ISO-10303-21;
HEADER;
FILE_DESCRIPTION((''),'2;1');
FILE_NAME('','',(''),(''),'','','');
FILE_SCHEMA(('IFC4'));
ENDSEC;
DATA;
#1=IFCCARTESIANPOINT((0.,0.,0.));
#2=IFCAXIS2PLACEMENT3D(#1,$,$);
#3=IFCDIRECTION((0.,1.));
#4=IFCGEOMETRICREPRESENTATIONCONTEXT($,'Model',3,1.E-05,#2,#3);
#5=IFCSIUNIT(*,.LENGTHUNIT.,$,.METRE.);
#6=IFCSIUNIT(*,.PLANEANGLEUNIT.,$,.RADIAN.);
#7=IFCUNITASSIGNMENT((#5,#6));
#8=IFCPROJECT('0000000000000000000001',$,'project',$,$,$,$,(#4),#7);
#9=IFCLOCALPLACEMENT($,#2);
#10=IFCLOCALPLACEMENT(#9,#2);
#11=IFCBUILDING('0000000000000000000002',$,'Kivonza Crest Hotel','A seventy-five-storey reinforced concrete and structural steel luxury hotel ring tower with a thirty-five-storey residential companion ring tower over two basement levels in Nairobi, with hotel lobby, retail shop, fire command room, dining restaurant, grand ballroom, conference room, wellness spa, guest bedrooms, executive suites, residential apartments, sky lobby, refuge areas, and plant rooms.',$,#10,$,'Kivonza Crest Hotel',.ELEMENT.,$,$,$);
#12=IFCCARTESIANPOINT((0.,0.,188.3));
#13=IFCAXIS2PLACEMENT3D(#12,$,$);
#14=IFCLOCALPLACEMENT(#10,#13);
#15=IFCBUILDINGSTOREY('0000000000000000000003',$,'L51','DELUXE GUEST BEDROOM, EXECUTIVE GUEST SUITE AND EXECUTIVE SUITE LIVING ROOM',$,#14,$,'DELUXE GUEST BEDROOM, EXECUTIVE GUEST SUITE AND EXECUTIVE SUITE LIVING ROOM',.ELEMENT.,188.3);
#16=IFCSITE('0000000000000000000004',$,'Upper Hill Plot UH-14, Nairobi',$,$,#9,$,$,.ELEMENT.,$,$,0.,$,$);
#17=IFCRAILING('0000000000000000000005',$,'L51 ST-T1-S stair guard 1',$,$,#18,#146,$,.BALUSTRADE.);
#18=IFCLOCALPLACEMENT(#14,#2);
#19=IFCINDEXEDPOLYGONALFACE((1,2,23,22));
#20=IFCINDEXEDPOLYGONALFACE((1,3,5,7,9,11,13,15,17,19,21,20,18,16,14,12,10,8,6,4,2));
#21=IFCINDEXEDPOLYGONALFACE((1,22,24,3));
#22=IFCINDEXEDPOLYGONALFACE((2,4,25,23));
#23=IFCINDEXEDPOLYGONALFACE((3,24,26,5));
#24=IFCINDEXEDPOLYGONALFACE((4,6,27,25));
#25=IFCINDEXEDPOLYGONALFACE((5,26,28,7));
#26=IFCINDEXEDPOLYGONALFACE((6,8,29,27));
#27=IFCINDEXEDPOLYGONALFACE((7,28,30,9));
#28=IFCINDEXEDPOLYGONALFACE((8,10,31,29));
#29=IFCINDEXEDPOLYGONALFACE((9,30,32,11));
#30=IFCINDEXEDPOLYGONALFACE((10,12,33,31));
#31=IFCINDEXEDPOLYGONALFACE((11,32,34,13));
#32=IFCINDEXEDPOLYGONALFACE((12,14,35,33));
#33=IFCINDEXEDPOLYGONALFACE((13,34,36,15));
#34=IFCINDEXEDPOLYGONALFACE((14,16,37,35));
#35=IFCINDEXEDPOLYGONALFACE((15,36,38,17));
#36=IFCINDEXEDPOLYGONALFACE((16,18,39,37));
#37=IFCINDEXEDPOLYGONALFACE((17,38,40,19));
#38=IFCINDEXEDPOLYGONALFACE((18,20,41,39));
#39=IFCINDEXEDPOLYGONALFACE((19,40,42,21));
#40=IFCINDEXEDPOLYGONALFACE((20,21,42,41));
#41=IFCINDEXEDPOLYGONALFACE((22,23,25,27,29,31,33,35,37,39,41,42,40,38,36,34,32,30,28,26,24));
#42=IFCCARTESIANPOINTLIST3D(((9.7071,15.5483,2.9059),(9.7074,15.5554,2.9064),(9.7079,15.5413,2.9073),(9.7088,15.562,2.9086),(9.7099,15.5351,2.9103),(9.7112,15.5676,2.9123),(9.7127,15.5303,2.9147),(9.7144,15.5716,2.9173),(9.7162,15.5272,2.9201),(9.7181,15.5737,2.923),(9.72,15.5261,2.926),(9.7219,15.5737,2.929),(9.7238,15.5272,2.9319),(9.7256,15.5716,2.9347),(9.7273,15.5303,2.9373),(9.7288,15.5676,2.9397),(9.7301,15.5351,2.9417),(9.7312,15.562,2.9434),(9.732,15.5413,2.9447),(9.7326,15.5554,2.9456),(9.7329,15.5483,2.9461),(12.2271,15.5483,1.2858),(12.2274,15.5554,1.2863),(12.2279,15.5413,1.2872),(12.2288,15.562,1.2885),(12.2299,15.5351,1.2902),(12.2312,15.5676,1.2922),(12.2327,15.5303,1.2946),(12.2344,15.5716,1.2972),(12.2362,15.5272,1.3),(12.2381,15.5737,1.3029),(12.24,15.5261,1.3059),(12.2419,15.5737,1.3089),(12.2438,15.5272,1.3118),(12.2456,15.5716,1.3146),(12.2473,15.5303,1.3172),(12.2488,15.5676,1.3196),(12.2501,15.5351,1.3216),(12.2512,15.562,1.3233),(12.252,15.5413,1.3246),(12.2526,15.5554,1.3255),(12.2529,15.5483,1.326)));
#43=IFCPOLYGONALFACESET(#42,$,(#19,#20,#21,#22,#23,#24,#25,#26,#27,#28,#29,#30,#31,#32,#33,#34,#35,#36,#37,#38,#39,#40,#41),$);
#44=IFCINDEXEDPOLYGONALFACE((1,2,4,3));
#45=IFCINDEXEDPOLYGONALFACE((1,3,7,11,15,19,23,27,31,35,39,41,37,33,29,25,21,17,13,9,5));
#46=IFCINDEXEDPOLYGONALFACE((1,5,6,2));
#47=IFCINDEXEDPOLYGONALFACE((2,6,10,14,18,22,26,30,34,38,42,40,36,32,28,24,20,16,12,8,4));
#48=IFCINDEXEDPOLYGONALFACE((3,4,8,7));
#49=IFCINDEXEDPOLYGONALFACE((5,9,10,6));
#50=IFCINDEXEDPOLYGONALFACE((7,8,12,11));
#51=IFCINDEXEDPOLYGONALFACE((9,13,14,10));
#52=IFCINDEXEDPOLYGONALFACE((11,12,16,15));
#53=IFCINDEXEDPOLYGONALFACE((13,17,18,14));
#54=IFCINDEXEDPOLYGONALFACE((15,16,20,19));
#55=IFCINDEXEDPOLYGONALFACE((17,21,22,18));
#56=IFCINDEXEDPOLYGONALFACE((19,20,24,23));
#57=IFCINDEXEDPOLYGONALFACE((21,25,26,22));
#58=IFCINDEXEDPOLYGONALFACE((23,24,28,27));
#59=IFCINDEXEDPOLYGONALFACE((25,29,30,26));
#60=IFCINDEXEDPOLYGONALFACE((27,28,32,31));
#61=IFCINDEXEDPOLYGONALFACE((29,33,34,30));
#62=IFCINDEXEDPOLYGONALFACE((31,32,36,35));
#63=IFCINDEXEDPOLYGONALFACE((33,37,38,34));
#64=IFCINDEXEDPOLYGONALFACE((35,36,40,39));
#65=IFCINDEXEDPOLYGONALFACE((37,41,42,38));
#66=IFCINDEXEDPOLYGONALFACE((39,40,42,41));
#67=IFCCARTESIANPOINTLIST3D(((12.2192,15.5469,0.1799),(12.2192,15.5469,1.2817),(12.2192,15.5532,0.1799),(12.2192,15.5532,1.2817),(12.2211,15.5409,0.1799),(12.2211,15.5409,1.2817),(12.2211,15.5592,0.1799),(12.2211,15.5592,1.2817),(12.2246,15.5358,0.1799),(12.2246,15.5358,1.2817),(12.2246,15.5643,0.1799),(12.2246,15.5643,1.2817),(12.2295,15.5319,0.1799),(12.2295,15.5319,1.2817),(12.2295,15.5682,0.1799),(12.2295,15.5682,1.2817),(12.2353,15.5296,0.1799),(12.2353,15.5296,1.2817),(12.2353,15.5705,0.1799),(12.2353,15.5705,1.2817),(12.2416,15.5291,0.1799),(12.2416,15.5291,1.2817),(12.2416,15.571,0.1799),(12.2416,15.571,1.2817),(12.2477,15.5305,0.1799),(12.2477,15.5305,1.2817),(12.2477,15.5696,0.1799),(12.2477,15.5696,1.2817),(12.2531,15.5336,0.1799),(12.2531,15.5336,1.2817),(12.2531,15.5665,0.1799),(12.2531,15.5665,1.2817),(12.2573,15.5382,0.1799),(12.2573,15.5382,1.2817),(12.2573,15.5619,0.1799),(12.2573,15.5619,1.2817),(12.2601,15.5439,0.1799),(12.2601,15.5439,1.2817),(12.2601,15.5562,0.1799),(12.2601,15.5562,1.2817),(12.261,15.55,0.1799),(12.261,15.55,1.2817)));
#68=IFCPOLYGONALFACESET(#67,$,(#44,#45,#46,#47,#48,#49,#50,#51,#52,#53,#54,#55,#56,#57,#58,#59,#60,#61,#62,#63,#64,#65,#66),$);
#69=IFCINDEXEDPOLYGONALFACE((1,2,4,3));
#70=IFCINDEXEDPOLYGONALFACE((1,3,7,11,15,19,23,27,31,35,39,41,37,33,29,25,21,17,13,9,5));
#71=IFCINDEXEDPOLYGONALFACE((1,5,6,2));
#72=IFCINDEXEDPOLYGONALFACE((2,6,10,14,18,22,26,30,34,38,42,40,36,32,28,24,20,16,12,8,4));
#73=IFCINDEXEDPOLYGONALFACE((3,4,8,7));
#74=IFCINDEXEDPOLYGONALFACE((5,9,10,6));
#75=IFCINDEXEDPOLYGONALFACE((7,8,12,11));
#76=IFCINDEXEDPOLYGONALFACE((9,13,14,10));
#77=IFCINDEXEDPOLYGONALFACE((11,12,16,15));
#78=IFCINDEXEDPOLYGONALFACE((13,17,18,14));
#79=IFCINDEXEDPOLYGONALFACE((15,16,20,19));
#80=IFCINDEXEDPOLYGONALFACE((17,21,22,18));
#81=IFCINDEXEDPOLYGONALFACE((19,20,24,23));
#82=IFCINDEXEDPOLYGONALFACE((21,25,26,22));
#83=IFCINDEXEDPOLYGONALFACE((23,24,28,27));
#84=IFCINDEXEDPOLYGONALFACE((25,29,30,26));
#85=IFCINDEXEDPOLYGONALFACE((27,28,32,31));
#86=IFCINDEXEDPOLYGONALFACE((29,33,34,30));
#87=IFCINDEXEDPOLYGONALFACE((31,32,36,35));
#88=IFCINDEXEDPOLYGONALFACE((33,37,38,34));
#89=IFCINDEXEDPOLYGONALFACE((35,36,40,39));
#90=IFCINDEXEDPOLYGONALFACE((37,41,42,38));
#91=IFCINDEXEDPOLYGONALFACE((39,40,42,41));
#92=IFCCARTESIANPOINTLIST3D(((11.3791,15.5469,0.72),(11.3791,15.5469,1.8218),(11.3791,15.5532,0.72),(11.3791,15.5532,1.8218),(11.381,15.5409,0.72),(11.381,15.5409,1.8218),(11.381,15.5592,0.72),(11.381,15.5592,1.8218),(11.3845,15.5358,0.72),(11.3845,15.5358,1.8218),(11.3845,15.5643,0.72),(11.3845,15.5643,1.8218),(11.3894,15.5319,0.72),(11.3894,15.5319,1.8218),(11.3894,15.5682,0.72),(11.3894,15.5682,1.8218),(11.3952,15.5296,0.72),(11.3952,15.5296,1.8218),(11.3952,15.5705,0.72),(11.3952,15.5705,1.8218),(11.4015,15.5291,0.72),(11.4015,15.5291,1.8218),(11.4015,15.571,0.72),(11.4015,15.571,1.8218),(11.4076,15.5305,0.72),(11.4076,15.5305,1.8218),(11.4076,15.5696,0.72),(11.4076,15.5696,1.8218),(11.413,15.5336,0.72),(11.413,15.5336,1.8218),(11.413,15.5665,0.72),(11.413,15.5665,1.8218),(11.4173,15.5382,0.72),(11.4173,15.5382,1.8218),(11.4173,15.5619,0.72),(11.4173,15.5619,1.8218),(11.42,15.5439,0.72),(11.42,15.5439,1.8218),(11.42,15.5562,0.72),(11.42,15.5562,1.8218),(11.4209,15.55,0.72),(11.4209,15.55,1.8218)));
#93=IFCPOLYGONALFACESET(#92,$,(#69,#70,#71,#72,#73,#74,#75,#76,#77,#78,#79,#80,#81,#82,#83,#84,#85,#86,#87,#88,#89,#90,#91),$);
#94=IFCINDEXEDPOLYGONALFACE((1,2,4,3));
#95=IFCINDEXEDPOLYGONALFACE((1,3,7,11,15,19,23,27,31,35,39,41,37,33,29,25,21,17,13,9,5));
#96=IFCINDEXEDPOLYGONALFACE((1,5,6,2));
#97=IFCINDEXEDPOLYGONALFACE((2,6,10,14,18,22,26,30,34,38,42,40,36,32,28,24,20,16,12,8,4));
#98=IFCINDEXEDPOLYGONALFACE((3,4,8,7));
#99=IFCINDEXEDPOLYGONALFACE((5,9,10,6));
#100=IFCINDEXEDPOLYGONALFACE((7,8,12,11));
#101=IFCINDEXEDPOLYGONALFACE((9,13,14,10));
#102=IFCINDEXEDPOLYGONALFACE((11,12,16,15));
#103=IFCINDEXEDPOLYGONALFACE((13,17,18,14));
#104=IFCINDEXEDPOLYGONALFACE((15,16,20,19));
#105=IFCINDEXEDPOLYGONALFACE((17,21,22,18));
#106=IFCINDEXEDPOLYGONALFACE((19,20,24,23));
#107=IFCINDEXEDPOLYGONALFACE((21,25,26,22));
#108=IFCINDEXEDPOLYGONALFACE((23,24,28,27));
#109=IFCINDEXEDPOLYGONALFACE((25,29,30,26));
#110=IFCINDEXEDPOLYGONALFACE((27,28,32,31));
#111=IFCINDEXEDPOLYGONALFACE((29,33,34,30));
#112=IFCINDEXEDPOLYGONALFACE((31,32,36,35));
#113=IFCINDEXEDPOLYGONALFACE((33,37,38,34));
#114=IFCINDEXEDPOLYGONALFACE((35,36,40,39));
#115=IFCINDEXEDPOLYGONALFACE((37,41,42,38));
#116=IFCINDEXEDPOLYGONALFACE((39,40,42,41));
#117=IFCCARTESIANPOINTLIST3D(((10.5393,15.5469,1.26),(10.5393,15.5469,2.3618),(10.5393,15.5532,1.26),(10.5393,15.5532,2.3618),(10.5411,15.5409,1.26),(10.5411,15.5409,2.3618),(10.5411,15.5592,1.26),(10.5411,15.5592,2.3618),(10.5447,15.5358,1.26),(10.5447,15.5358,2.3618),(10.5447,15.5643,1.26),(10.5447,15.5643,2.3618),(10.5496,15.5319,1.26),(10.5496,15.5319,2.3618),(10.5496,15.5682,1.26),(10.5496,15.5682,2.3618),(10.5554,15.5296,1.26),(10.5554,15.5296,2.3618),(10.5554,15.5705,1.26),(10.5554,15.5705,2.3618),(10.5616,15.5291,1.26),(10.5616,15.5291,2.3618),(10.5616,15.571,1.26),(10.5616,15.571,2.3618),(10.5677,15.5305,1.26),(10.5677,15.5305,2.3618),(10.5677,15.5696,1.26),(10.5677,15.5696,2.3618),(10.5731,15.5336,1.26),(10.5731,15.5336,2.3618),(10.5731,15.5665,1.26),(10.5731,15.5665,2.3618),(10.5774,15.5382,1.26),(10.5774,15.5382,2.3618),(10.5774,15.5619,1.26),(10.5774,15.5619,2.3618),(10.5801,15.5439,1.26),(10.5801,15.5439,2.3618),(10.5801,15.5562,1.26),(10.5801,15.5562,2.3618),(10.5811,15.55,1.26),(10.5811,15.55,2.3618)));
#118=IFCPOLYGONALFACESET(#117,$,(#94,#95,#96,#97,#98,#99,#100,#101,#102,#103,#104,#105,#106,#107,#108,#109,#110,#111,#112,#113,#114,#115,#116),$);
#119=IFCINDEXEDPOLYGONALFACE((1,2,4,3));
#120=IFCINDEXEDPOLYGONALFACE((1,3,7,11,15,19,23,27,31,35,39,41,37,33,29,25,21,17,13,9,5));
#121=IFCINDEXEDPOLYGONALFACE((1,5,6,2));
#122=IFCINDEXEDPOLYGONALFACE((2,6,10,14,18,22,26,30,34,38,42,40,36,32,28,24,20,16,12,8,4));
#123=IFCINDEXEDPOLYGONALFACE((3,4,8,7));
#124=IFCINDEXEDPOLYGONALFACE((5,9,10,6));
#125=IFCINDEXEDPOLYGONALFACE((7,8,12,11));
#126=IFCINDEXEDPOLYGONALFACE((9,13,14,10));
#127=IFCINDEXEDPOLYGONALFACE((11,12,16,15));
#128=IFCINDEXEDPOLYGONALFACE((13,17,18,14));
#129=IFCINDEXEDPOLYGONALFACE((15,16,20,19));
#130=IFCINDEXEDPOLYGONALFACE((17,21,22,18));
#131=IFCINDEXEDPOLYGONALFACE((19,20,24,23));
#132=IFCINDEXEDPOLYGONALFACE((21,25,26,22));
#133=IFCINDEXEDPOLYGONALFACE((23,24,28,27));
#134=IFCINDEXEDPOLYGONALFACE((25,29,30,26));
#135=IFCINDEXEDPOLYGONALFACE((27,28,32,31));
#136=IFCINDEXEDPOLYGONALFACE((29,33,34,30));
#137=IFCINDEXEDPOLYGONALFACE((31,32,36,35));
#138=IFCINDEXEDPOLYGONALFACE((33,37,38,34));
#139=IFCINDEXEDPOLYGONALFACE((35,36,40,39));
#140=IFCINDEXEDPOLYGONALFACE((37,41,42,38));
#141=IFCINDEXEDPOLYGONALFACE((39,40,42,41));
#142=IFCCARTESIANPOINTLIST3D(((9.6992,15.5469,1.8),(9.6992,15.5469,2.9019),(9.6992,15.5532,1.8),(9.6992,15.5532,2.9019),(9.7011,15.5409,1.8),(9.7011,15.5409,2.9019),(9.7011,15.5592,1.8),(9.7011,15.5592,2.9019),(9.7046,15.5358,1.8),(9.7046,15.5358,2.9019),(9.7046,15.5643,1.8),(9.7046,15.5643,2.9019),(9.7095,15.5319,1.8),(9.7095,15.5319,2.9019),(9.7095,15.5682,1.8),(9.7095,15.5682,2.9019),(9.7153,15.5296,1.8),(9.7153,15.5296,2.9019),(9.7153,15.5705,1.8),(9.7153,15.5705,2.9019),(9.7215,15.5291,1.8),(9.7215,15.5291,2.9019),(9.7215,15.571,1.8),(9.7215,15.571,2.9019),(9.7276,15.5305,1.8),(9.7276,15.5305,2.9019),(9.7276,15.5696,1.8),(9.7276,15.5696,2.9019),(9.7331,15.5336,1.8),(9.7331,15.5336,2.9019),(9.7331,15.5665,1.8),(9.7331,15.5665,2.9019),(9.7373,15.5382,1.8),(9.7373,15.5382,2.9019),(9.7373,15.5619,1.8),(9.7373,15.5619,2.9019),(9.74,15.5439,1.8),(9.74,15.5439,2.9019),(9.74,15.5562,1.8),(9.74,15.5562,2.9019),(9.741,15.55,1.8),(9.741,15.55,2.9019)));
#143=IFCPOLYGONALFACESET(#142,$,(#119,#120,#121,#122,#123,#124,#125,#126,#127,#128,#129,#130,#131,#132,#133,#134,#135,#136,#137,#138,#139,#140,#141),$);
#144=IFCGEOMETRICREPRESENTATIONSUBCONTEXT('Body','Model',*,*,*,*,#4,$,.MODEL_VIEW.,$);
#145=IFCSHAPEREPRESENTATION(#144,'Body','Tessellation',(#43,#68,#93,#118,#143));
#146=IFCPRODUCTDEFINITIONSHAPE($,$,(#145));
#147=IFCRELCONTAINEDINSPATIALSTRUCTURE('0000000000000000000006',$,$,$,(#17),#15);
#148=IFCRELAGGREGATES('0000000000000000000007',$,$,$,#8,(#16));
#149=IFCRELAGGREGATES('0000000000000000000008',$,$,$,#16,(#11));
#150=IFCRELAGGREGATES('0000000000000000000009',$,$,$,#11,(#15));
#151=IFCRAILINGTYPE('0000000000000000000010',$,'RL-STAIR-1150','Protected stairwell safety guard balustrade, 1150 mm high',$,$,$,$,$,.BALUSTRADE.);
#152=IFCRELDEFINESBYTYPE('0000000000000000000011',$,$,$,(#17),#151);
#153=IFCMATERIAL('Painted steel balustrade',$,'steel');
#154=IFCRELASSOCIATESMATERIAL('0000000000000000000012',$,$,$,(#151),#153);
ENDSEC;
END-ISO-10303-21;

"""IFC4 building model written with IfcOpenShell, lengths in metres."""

from ifc_helpers import new_model, si_unit, direction, frame, origin, origin_2d, place, context, subcontext, project, spatial, circle, extrude, material, type_object, element, save


model = new_model("IFC4")

# Units and contexts
model_context = context("Model", 3, precision=1e-05, world=origin(), true_north=direction((0.0, 1.0)))
body_context = subcontext(model_context, "Body", "Model", "MODEL_VIEW")
ifc_project = project(units=[si_unit("LENGTHUNIT", "METRE"), si_unit("PLANEANGLEUNIT", "RADIAN")], contexts=[model_context])

# Site, building, storey
site_placement = place(None, origin())
site = spatial("IfcSite", under=ifc_project, at=site_placement, Name="Upper Hill Plot UH-14, Nairobi", CompositionType="ELEMENT", RefElevation=0.0)
building_placement = place(site_placement, origin())
building = spatial("IfcBuilding", under=site, at=building_placement, Name="Kivonza Crest Hotel", Description="A seventy-five-storey reinforced concrete and structural steel luxury hotel ring tower with a thirty-five-storey residential companion ring tower over two basement levels in Nairobi, with hotel lobby, retail shop, fire command room, dining restaurant, grand ballroom, conference room, wellness spa, guest bedrooms, executive suites, residential apartments, sky lobby, refuge areas, and plant rooms.", LongName="Kivonza Crest Hotel", CompositionType="ELEMENT")
storey_placement = place(building_placement, frame((0.0, 0.0, 188.3)))
storey = spatial("IfcBuildingStorey", under=building, at=storey_placement, Name="L51", Description="DELUXE GUEST BEDROOM, EXECUTIVE GUEST SUITE AND EXECUTIVE SUITE LIVING ROOM", LongName="DELUXE GUEST BEDROOM, EXECUTIVE GUEST SUITE AND EXECUTIVE SUITE LIVING ROOM", CompositionType="ELEMENT", Elevation=188.3)

# Railing
ifc_material_1 = material(Name="Painted steel balustrade", Category="steel")
railing_type_1 = type_object("IfcRailingType", Name="RL-STAIR-1150", Description="Protected stairwell safety guard balustrade, 1150 mm high", PredefinedType="BALUSTRADE", material=ifc_material_1)
railing_1_placement = place(storey_placement, frame((12.24, 15.55, 0.1799)))
element("IfcRailing", 1, at=railing_1_placement, inside=storey, type_object=railing_type_1, Name="L51 ST-T1-S stair guard 1", PredefinedType="BALUSTRADE", context=body_context, shape_type="SweptSolid", body=[
    extrude(circle(Radius=0.0239, at=origin_2d()), frame((0.0, 0.0, 1.126), z_axis=(-0.841163, 0.0, 0.540782), x_axis=(0.0, -1.0, 0.0)), (0.0, 0.0, 1.0), 2.9958),
    extrude(circle(Radius=0.021, at=origin_2d()), origin(), (0.0, 0.0, 1.0), 1.1018),
    extrude(circle(Radius=0.021, at=origin_2d()), frame((-0.8401, 0.0, 0.54)), (0.0, 0.0, 1.0), 1.1018),
    extrude(circle(Radius=0.021, at=origin_2d()), frame((-1.6799, 0.0, 1.0801)), (0.0, 0.0, 1.0), 1.1018),
    extrude(circle(Radius=0.021, at=origin_2d()), frame((-2.52, 0.0, 1.6201)), (0.0, 0.0, 1.0), 1.1018),
])

save(model, "model.ifc")
